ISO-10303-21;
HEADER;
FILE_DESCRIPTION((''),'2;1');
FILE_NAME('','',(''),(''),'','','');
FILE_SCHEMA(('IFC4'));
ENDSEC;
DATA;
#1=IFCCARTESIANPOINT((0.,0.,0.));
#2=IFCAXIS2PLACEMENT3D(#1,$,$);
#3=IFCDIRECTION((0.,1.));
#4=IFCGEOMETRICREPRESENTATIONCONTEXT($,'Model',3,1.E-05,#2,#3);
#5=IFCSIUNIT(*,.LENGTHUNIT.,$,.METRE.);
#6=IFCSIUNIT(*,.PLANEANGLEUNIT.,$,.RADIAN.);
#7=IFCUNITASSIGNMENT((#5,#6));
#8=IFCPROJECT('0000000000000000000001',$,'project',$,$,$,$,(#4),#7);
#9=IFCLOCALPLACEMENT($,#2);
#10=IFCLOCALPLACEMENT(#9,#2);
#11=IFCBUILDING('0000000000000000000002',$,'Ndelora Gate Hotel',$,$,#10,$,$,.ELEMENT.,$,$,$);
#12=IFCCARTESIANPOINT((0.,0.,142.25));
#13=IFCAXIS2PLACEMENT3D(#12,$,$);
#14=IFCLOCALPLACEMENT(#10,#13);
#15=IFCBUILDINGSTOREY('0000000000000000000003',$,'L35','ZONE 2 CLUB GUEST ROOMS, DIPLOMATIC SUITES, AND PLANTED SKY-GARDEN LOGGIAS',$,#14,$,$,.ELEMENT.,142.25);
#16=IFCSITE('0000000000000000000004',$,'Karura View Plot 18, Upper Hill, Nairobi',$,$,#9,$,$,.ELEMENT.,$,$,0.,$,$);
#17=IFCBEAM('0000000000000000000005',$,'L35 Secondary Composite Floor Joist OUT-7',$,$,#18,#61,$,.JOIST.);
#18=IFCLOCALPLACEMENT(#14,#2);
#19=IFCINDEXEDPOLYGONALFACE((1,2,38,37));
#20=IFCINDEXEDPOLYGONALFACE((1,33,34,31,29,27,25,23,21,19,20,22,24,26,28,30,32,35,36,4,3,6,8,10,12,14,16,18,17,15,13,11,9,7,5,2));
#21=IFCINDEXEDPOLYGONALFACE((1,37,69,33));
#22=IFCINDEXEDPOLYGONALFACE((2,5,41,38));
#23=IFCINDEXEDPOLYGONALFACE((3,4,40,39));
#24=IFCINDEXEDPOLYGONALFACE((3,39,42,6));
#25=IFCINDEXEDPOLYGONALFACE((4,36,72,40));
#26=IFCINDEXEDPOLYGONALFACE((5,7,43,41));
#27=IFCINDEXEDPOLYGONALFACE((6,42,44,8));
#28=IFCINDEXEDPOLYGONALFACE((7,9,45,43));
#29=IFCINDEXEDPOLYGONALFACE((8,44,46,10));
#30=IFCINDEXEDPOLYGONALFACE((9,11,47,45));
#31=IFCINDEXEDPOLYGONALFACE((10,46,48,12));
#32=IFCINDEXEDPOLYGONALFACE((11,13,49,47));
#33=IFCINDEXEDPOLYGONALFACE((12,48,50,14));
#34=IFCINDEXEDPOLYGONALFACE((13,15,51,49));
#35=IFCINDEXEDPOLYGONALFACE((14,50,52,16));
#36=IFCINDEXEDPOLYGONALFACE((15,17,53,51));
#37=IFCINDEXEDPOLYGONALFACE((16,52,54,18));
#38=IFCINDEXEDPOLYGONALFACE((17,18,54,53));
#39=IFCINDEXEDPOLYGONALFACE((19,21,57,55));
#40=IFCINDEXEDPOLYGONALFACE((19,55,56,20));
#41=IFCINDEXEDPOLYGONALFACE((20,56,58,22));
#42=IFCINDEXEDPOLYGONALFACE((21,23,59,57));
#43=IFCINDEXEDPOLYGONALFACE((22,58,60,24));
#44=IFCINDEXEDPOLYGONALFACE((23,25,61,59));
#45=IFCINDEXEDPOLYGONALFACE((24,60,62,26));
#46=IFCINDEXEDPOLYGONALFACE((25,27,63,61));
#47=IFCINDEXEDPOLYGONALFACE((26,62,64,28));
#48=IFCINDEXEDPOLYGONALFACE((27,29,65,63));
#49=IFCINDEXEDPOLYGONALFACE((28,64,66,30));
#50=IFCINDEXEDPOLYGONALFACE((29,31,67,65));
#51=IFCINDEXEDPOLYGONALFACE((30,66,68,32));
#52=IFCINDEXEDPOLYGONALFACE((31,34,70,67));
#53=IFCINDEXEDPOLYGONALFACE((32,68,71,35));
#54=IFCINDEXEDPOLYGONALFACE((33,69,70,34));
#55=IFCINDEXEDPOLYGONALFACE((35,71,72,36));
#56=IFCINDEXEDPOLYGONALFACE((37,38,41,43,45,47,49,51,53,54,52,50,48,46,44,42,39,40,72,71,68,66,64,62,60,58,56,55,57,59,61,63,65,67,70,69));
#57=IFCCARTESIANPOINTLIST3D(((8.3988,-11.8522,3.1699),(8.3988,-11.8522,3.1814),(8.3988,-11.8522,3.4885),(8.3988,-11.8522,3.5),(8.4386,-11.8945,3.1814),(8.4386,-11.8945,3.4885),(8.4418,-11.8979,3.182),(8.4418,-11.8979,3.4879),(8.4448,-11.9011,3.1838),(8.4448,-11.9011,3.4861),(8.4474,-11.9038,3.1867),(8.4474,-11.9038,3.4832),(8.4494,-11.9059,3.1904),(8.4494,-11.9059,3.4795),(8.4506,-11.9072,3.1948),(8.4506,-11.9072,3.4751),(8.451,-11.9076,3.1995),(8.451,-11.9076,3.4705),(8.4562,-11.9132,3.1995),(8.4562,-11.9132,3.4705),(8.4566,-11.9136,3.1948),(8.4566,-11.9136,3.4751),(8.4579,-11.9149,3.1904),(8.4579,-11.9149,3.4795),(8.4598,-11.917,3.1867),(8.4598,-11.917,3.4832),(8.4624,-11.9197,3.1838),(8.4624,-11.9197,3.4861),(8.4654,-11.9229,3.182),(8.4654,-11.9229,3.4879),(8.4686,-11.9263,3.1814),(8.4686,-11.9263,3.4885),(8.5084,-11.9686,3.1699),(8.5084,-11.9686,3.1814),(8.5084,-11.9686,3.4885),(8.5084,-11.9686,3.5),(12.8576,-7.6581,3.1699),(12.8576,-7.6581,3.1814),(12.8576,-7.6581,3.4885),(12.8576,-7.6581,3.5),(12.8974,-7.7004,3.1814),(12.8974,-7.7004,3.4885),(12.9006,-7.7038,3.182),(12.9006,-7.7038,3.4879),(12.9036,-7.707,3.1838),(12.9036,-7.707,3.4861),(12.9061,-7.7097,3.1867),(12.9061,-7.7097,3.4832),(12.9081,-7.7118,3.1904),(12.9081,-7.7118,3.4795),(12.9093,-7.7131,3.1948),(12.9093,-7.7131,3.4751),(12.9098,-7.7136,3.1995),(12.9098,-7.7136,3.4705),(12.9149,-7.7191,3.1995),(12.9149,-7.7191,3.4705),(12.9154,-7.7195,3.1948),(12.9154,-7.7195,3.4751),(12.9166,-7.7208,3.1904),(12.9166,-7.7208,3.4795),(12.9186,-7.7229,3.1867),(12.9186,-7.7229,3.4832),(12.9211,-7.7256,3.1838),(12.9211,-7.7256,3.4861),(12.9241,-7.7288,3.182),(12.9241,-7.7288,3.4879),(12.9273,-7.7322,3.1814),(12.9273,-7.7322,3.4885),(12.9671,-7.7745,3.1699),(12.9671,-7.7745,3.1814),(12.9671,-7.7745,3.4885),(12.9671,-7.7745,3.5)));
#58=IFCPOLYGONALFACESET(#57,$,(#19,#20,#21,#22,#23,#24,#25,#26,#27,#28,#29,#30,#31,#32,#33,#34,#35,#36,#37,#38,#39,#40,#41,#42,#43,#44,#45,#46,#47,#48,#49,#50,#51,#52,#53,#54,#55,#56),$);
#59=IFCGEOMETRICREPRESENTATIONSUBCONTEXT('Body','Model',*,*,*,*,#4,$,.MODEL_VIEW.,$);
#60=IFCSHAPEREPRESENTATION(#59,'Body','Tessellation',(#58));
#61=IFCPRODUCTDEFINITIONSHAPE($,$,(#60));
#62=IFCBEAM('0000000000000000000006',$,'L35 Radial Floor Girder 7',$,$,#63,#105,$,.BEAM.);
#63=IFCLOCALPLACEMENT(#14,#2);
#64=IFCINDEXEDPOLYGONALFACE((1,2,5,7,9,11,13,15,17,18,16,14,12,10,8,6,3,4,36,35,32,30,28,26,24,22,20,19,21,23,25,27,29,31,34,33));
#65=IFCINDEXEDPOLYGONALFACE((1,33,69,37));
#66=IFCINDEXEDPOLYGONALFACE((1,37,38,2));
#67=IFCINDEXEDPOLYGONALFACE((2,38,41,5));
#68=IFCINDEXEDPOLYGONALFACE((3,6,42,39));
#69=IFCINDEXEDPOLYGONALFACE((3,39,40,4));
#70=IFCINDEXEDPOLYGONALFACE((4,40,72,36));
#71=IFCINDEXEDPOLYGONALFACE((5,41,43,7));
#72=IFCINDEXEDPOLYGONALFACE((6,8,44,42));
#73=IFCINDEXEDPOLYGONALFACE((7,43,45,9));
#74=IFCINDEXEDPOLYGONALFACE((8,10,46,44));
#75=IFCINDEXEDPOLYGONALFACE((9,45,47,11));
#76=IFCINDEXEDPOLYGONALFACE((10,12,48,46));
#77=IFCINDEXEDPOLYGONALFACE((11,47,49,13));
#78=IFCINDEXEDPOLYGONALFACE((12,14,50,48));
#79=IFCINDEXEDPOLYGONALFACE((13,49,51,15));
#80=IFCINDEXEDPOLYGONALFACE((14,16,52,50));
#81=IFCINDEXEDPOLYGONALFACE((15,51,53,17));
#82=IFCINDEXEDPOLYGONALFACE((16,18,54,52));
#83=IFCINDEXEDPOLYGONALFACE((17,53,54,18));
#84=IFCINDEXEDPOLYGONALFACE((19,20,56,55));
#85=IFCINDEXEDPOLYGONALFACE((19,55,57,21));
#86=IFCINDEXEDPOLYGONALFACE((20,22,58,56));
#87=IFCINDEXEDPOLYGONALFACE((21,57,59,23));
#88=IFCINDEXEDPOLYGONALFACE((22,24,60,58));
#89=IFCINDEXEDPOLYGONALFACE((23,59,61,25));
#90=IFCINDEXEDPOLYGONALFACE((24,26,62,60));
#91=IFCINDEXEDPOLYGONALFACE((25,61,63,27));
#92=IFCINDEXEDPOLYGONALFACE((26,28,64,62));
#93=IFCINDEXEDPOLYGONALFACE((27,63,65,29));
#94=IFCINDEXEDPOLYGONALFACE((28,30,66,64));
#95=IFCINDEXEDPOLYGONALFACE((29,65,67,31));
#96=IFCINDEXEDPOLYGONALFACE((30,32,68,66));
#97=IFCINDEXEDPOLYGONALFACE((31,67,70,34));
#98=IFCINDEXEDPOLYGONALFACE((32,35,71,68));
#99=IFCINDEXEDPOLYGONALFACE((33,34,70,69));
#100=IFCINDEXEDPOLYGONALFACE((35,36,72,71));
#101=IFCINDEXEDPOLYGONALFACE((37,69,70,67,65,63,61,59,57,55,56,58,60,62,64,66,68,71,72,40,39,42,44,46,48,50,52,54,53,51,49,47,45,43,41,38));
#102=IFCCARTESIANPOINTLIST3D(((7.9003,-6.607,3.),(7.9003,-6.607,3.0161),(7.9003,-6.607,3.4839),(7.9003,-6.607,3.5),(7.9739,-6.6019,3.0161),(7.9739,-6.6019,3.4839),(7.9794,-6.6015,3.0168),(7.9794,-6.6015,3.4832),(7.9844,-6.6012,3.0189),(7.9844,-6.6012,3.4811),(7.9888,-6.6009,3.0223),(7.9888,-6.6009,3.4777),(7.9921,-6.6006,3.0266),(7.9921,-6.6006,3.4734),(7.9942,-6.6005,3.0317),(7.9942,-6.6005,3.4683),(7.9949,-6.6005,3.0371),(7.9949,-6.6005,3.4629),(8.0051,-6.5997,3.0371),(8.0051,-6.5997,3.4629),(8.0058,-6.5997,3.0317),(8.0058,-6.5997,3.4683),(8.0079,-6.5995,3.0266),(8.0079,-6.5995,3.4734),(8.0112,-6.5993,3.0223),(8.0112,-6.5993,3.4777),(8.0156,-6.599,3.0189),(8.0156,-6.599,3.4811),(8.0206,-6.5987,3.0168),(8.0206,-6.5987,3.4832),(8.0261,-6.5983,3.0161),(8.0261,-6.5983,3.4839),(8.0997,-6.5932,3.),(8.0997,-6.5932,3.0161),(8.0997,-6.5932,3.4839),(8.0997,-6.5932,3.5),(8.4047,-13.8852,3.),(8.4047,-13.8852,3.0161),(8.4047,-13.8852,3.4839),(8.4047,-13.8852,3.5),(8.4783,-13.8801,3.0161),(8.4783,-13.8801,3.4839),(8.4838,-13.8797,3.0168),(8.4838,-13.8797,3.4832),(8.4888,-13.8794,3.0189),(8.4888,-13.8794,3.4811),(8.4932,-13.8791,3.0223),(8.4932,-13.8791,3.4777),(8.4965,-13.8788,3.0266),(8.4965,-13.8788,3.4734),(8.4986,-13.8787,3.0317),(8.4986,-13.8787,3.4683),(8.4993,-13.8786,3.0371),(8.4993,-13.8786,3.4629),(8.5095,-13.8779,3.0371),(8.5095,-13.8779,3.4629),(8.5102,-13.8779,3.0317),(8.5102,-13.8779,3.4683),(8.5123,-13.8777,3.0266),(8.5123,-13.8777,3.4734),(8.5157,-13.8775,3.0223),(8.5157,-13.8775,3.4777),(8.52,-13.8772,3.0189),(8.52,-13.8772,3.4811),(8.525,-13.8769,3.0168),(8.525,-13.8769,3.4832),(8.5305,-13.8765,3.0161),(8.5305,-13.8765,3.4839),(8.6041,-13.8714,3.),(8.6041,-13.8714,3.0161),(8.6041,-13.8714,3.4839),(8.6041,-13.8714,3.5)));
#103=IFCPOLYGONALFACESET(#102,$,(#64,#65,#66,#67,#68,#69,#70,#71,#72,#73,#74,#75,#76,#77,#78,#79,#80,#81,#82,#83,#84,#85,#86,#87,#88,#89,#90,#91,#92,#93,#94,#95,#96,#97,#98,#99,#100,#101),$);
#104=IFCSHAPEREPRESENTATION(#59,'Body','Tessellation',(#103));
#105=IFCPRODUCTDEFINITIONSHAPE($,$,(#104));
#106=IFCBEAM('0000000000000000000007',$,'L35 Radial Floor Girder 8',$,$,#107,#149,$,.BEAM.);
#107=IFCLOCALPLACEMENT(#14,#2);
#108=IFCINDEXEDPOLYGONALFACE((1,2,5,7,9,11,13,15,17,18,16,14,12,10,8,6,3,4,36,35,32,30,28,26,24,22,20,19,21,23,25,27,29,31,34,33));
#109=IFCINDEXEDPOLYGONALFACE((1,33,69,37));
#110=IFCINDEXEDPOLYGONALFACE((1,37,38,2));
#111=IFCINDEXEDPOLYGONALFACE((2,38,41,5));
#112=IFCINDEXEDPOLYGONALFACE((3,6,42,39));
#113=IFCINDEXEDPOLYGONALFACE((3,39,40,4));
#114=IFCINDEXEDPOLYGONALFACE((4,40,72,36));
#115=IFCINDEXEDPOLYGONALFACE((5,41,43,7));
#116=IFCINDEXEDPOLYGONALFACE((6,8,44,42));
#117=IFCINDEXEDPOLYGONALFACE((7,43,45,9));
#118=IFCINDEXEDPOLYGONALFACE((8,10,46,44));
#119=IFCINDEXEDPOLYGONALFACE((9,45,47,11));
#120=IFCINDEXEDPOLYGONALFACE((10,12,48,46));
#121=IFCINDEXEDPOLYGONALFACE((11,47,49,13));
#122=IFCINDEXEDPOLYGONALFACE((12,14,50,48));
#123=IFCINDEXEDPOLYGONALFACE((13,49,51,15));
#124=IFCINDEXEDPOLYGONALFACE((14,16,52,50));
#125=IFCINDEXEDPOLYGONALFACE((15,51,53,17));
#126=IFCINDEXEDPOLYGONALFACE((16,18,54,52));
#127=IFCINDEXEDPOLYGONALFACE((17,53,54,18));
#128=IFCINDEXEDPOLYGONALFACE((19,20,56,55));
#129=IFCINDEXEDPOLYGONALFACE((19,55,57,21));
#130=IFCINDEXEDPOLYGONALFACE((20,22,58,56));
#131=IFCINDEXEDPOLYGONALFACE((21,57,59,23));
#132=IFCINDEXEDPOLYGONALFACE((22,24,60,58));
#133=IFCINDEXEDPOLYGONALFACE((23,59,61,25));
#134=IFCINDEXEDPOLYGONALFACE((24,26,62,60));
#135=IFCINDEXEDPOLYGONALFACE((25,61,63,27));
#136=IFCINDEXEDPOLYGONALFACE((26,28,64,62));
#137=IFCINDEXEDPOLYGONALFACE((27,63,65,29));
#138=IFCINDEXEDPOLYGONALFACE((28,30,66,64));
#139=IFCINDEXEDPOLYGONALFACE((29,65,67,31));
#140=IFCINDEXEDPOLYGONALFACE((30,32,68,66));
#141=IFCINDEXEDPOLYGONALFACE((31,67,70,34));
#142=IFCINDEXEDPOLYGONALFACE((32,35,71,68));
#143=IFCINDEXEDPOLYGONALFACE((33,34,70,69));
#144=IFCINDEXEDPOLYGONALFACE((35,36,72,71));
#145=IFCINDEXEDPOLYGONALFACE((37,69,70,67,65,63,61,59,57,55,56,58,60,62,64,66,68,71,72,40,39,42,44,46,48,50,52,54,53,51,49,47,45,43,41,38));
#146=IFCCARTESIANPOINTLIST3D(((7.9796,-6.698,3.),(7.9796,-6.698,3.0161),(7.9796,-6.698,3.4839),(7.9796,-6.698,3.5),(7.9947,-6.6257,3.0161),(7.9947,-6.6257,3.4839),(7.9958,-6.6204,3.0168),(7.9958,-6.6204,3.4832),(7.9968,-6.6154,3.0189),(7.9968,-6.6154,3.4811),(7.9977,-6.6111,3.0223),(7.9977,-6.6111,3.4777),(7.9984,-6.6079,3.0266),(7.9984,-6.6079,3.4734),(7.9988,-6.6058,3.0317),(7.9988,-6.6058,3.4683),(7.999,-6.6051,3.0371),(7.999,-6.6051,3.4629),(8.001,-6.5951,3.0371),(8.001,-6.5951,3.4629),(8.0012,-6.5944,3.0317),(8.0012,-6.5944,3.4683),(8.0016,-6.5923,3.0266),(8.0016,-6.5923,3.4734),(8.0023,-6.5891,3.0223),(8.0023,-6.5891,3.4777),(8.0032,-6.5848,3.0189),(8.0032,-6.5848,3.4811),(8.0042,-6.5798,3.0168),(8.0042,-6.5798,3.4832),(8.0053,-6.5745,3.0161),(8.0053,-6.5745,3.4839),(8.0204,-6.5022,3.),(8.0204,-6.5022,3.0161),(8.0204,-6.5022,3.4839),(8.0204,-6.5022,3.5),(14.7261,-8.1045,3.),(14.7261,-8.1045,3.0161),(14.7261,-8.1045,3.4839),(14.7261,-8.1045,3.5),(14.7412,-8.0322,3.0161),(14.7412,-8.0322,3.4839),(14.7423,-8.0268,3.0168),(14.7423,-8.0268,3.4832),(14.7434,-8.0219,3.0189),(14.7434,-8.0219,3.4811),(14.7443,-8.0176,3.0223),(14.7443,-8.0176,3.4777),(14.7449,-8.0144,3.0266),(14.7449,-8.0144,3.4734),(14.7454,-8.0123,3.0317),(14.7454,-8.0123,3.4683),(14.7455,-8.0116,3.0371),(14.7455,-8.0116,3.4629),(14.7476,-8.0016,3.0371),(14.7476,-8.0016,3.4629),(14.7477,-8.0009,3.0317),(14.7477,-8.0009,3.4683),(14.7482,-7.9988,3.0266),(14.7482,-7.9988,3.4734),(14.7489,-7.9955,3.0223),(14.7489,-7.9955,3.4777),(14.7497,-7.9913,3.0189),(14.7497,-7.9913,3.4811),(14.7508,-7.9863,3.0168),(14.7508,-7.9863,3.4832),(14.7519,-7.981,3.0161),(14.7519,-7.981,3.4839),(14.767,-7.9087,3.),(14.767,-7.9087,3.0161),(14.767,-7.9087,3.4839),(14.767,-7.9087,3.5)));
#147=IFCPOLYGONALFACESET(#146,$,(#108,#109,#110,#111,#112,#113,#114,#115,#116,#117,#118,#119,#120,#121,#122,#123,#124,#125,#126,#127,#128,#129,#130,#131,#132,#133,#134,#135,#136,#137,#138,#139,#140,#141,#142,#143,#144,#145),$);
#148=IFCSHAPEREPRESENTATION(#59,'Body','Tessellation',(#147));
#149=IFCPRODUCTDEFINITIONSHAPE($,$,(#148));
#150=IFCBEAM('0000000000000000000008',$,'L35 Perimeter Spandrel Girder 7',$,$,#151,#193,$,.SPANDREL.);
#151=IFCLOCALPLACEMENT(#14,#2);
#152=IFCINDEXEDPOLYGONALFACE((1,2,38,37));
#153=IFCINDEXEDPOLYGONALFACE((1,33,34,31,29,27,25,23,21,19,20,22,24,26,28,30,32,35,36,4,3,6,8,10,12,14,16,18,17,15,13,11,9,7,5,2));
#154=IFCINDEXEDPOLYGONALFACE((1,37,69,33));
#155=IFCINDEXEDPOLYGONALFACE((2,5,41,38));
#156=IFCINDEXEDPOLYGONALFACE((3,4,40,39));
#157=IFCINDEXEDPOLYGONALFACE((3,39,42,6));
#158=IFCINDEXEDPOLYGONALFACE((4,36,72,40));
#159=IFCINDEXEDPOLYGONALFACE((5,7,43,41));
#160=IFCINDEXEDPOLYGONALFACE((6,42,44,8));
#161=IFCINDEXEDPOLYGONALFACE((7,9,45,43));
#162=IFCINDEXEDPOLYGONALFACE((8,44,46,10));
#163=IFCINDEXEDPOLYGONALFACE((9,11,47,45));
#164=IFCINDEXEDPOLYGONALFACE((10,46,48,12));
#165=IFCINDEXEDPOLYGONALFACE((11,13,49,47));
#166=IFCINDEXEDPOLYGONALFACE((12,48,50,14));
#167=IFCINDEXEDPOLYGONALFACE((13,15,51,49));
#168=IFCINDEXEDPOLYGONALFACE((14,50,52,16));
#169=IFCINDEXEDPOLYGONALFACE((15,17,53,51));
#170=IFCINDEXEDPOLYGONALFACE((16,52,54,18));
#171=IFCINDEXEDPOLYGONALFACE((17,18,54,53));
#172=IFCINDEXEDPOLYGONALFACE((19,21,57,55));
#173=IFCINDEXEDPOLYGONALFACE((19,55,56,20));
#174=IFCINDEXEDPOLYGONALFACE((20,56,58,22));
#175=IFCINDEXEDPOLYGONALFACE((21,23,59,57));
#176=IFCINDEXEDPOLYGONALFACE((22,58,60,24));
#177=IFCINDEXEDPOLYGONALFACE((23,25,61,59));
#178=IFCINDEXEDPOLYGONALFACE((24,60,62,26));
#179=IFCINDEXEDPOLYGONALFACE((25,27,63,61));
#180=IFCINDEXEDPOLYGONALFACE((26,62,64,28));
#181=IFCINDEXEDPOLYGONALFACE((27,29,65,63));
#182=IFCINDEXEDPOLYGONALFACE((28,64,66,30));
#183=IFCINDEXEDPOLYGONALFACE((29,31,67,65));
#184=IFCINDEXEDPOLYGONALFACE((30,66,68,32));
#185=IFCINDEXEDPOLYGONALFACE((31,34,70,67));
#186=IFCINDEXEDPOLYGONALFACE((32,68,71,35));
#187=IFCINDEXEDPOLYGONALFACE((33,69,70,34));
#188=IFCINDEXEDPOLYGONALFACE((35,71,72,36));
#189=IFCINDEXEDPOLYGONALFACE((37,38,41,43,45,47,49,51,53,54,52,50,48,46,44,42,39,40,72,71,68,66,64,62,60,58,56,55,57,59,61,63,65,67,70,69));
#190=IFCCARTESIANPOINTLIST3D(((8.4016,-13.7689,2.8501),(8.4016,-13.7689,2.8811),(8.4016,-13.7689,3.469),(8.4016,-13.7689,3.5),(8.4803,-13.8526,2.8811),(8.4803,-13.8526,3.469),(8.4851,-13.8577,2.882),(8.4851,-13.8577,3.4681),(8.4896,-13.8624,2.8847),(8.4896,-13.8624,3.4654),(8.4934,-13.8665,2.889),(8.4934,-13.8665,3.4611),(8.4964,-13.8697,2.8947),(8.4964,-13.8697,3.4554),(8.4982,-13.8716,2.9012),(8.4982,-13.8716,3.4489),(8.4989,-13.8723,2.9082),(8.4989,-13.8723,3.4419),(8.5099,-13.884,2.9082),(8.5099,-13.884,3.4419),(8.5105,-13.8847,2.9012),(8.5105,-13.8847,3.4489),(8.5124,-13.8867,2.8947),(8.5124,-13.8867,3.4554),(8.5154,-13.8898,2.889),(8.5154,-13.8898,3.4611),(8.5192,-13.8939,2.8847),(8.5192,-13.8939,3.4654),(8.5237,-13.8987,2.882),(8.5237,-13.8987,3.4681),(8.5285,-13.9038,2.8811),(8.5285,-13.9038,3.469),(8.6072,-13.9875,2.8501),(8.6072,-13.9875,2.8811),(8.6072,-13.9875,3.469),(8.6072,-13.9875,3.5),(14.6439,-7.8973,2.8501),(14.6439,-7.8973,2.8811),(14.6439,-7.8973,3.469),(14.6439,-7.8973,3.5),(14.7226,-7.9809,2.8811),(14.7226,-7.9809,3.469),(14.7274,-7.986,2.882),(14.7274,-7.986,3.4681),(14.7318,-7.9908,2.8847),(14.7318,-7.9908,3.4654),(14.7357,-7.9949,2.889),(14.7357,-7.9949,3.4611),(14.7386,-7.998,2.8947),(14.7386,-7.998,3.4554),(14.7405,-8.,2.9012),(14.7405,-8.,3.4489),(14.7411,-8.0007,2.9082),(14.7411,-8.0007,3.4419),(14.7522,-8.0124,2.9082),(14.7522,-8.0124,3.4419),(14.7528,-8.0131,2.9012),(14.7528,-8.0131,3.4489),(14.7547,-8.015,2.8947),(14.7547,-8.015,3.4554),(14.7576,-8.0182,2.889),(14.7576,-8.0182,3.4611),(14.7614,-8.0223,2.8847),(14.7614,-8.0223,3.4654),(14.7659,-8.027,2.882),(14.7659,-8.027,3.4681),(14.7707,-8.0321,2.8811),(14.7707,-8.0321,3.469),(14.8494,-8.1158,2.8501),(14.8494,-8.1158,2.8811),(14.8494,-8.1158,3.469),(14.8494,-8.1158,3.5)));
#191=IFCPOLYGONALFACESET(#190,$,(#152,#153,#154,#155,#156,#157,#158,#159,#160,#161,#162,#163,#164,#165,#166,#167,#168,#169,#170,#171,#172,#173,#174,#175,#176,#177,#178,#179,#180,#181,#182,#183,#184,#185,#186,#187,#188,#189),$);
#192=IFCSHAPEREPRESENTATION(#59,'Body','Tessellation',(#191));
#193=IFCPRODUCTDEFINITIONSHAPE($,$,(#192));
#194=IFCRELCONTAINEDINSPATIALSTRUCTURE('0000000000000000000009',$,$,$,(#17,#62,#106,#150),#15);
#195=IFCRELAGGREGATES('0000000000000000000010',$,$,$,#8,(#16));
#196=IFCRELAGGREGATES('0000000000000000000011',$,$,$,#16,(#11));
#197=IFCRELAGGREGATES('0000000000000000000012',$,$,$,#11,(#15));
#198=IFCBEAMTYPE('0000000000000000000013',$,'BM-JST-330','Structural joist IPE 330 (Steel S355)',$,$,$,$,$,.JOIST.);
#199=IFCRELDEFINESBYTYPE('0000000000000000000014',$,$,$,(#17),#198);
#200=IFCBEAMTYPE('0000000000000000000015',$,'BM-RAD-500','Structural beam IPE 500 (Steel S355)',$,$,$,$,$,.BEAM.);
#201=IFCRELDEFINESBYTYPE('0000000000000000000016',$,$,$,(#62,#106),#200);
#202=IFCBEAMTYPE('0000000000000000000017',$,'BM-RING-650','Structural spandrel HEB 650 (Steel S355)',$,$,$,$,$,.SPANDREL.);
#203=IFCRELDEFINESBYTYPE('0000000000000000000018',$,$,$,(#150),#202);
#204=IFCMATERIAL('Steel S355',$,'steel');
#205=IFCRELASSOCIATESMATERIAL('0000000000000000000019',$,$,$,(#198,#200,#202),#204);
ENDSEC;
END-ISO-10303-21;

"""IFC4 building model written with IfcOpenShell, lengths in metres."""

from ifc_helpers import new_model, si_unit, direction, frame, origin, origin_2d, place, context, subcontext, project, spatial, i_section, extrude, material, material_profile, profile_set, type_object, element, save


model = new_model("IFC4")

# Units and contexts
model_context = context("Model", 3, precision=1e-05, world=origin(), true_north=direction((0.0, 1.0)))
body_context = subcontext(model_context, "Body", "Model", "MODEL_VIEW")
ifc_project = project(units=[si_unit("LENGTHUNIT", "METRE"), si_unit("PLANEANGLEUNIT", "RADIAN")], contexts=[model_context])

# Site, building, storey
site_placement = place(None, origin())
site = spatial("IfcSite", under=ifc_project, at=site_placement, Name="Karura View Plot 18, Upper Hill, Nairobi", CompositionType="ELEMENT", RefElevation=0.0)
building_placement = place(site_placement, origin())
building = spatial("IfcBuilding", under=site, at=building_placement, Name="Ndelora Gate Hotel", CompositionType="ELEMENT")
storey_placement = place(building_placement, frame((0.0, 0.0, 142.25)))
storey = spatial("IfcBuildingStorey", under=building, at=storey_placement, Name="L35", Description="ZONE 2 CLUB GUEST ROOMS, DIPLOMATIC SUITES, AND PLANTED SKY-GARDEN LOGGIAS", CompositionType="ELEMENT", Elevation=142.25)

# Beams
ifc_material_1 = material(Name="Steel S355", Category="steel")
ifc_material_profile_1 = material_profile(ifc_material_1, i_section(OverallWidth=0.1599, OverallDepth=0.3301, WebThickness=0.0076, FlangeThickness=0.0115, FilletRadius=0.0181, at=origin_2d()), Name="IPE 330")
ifc_profile_set_1 = profile_set([ifc_material_profile_1], Name="Steel S355")
beam_type_1 = type_object("IfcBeamType", Name="BM-JST-330", Description="Structural joist IPE 330 (Steel S355)", PredefinedType="JOIST", material=ifc_profile_set_1)
beam_1_placement = place(storey_placement, frame((8.4536, -11.9104, 3.335), z_axis=(0.728393, 0.685159, 0.0), x_axis=(-0.685159, 0.728393, 0.0)))
element("IfcBeam", 1, at=beam_1_placement, inside=storey, type_object=beam_type_1, Name="L35 Secondary Composite Floor Joist OUT-7", PredefinedType="JOIST", context=body_context, shape_type="SweptSolid", body=[
    extrude(i_section(OverallWidth=0.1599, OverallDepth=0.3301, WebThickness=0.0076, FlangeThickness=0.0115, FilletRadius=0.0181, at=origin_2d()), origin(), (0.0, 0.0, 1.0), 6.1213),
])
ifc_material_profile_2 = material_profile(ifc_material_1, i_section(OverallWidth=0.2, OverallDepth=0.5, WebThickness=0.0103, FlangeThickness=0.0161, FilletRadius=0.021, at=origin_2d()), Name="IPE 500")
ifc_profile_set_2 = profile_set([ifc_material_profile_2], Name="Steel S355")
beam_type_2 = type_object("IfcBeamType", Name="BM-RAD-500", Description="Structural beam IPE 500 (Steel S355)", PredefinedType="BEAM", material=ifc_profile_set_2)
beam_2_placement = place(storey_placement, frame((8.0, -6.6001, 3.25), z_axis=(0.069137, -0.997607, 0.0), x_axis=(0.997607, 0.069137, 0.0)))
element("IfcBeam", 2, at=beam_2_placement, inside=storey, type_object=beam_type_2, Name="L35 Radial Floor Girder 7", PredefinedType="BEAM", context=body_context, shape_type="SweptSolid", body=[
    extrude(i_section(OverallWidth=0.2, OverallDepth=0.5, WebThickness=0.0103, FlangeThickness=0.0161, FilletRadius=0.021, at=origin_2d()), origin(), (0.0, 0.0, 1.0), 7.2957),
])
beam_3_placement = place(storey_placement, frame((8.0, -6.6001, 3.25), z_axis=(0.978953, -0.204087, 0.0), x_axis=(0.204087, 0.978953, 0.0)))
element("IfcBeam", 3, at=beam_3_placement, inside=storey, type_object=beam_type_2, Name="L35 Radial Floor Girder 8", PredefinedType="BEAM", context=body_context, shape_type="SweptSolid", body=[
    extrude(i_section(OverallWidth=0.2, OverallDepth=0.5, WebThickness=0.0103, FlangeThickness=0.0161, FilletRadius=0.021, at=origin_2d()), origin(), (0.0, 0.0, 1.0), 6.8916),
])
ifc_material_profile_3 = material_profile(ifc_material_1, i_section(OverallWidth=0.3, OverallDepth=0.6499, WebThickness=0.0161, FlangeThickness=0.031, FilletRadius=0.0271, at=origin_2d()), Name="HEB 650")
ifc_profile_set_3 = profile_set([ifc_material_profile_3], Name="Steel S355")
beam_type_3 = type_object("IfcBeamType", Name="BM-RING-650", Description="Structural spandrel HEB 650 (Steel S355)", PredefinedType="SPANDREL", material=ifc_profile_set_3)
beam_4_placement = place(storey_placement, frame((8.5044, -13.8782, 3.175), z_axis=(0.728399, 0.685153, 0.0), x_axis=(-0.685153, 0.728399, 0.0)))
element("IfcBeam", 4, at=beam_4_placement, inside=storey, type_object=beam_type_3, Name="L35 Perimeter Spandrel Girder 7", PredefinedType="SPANDREL", context=body_context, shape_type="SweptSolid", body=[
    extrude(i_section(OverallWidth=0.3, OverallDepth=0.6499, WebThickness=0.0161, FlangeThickness=0.031, FilletRadius=0.0271, at=origin_2d()), origin(), (0.0, 0.0, 1.0), 8.5698),
])

save(model, "model.ifc")
